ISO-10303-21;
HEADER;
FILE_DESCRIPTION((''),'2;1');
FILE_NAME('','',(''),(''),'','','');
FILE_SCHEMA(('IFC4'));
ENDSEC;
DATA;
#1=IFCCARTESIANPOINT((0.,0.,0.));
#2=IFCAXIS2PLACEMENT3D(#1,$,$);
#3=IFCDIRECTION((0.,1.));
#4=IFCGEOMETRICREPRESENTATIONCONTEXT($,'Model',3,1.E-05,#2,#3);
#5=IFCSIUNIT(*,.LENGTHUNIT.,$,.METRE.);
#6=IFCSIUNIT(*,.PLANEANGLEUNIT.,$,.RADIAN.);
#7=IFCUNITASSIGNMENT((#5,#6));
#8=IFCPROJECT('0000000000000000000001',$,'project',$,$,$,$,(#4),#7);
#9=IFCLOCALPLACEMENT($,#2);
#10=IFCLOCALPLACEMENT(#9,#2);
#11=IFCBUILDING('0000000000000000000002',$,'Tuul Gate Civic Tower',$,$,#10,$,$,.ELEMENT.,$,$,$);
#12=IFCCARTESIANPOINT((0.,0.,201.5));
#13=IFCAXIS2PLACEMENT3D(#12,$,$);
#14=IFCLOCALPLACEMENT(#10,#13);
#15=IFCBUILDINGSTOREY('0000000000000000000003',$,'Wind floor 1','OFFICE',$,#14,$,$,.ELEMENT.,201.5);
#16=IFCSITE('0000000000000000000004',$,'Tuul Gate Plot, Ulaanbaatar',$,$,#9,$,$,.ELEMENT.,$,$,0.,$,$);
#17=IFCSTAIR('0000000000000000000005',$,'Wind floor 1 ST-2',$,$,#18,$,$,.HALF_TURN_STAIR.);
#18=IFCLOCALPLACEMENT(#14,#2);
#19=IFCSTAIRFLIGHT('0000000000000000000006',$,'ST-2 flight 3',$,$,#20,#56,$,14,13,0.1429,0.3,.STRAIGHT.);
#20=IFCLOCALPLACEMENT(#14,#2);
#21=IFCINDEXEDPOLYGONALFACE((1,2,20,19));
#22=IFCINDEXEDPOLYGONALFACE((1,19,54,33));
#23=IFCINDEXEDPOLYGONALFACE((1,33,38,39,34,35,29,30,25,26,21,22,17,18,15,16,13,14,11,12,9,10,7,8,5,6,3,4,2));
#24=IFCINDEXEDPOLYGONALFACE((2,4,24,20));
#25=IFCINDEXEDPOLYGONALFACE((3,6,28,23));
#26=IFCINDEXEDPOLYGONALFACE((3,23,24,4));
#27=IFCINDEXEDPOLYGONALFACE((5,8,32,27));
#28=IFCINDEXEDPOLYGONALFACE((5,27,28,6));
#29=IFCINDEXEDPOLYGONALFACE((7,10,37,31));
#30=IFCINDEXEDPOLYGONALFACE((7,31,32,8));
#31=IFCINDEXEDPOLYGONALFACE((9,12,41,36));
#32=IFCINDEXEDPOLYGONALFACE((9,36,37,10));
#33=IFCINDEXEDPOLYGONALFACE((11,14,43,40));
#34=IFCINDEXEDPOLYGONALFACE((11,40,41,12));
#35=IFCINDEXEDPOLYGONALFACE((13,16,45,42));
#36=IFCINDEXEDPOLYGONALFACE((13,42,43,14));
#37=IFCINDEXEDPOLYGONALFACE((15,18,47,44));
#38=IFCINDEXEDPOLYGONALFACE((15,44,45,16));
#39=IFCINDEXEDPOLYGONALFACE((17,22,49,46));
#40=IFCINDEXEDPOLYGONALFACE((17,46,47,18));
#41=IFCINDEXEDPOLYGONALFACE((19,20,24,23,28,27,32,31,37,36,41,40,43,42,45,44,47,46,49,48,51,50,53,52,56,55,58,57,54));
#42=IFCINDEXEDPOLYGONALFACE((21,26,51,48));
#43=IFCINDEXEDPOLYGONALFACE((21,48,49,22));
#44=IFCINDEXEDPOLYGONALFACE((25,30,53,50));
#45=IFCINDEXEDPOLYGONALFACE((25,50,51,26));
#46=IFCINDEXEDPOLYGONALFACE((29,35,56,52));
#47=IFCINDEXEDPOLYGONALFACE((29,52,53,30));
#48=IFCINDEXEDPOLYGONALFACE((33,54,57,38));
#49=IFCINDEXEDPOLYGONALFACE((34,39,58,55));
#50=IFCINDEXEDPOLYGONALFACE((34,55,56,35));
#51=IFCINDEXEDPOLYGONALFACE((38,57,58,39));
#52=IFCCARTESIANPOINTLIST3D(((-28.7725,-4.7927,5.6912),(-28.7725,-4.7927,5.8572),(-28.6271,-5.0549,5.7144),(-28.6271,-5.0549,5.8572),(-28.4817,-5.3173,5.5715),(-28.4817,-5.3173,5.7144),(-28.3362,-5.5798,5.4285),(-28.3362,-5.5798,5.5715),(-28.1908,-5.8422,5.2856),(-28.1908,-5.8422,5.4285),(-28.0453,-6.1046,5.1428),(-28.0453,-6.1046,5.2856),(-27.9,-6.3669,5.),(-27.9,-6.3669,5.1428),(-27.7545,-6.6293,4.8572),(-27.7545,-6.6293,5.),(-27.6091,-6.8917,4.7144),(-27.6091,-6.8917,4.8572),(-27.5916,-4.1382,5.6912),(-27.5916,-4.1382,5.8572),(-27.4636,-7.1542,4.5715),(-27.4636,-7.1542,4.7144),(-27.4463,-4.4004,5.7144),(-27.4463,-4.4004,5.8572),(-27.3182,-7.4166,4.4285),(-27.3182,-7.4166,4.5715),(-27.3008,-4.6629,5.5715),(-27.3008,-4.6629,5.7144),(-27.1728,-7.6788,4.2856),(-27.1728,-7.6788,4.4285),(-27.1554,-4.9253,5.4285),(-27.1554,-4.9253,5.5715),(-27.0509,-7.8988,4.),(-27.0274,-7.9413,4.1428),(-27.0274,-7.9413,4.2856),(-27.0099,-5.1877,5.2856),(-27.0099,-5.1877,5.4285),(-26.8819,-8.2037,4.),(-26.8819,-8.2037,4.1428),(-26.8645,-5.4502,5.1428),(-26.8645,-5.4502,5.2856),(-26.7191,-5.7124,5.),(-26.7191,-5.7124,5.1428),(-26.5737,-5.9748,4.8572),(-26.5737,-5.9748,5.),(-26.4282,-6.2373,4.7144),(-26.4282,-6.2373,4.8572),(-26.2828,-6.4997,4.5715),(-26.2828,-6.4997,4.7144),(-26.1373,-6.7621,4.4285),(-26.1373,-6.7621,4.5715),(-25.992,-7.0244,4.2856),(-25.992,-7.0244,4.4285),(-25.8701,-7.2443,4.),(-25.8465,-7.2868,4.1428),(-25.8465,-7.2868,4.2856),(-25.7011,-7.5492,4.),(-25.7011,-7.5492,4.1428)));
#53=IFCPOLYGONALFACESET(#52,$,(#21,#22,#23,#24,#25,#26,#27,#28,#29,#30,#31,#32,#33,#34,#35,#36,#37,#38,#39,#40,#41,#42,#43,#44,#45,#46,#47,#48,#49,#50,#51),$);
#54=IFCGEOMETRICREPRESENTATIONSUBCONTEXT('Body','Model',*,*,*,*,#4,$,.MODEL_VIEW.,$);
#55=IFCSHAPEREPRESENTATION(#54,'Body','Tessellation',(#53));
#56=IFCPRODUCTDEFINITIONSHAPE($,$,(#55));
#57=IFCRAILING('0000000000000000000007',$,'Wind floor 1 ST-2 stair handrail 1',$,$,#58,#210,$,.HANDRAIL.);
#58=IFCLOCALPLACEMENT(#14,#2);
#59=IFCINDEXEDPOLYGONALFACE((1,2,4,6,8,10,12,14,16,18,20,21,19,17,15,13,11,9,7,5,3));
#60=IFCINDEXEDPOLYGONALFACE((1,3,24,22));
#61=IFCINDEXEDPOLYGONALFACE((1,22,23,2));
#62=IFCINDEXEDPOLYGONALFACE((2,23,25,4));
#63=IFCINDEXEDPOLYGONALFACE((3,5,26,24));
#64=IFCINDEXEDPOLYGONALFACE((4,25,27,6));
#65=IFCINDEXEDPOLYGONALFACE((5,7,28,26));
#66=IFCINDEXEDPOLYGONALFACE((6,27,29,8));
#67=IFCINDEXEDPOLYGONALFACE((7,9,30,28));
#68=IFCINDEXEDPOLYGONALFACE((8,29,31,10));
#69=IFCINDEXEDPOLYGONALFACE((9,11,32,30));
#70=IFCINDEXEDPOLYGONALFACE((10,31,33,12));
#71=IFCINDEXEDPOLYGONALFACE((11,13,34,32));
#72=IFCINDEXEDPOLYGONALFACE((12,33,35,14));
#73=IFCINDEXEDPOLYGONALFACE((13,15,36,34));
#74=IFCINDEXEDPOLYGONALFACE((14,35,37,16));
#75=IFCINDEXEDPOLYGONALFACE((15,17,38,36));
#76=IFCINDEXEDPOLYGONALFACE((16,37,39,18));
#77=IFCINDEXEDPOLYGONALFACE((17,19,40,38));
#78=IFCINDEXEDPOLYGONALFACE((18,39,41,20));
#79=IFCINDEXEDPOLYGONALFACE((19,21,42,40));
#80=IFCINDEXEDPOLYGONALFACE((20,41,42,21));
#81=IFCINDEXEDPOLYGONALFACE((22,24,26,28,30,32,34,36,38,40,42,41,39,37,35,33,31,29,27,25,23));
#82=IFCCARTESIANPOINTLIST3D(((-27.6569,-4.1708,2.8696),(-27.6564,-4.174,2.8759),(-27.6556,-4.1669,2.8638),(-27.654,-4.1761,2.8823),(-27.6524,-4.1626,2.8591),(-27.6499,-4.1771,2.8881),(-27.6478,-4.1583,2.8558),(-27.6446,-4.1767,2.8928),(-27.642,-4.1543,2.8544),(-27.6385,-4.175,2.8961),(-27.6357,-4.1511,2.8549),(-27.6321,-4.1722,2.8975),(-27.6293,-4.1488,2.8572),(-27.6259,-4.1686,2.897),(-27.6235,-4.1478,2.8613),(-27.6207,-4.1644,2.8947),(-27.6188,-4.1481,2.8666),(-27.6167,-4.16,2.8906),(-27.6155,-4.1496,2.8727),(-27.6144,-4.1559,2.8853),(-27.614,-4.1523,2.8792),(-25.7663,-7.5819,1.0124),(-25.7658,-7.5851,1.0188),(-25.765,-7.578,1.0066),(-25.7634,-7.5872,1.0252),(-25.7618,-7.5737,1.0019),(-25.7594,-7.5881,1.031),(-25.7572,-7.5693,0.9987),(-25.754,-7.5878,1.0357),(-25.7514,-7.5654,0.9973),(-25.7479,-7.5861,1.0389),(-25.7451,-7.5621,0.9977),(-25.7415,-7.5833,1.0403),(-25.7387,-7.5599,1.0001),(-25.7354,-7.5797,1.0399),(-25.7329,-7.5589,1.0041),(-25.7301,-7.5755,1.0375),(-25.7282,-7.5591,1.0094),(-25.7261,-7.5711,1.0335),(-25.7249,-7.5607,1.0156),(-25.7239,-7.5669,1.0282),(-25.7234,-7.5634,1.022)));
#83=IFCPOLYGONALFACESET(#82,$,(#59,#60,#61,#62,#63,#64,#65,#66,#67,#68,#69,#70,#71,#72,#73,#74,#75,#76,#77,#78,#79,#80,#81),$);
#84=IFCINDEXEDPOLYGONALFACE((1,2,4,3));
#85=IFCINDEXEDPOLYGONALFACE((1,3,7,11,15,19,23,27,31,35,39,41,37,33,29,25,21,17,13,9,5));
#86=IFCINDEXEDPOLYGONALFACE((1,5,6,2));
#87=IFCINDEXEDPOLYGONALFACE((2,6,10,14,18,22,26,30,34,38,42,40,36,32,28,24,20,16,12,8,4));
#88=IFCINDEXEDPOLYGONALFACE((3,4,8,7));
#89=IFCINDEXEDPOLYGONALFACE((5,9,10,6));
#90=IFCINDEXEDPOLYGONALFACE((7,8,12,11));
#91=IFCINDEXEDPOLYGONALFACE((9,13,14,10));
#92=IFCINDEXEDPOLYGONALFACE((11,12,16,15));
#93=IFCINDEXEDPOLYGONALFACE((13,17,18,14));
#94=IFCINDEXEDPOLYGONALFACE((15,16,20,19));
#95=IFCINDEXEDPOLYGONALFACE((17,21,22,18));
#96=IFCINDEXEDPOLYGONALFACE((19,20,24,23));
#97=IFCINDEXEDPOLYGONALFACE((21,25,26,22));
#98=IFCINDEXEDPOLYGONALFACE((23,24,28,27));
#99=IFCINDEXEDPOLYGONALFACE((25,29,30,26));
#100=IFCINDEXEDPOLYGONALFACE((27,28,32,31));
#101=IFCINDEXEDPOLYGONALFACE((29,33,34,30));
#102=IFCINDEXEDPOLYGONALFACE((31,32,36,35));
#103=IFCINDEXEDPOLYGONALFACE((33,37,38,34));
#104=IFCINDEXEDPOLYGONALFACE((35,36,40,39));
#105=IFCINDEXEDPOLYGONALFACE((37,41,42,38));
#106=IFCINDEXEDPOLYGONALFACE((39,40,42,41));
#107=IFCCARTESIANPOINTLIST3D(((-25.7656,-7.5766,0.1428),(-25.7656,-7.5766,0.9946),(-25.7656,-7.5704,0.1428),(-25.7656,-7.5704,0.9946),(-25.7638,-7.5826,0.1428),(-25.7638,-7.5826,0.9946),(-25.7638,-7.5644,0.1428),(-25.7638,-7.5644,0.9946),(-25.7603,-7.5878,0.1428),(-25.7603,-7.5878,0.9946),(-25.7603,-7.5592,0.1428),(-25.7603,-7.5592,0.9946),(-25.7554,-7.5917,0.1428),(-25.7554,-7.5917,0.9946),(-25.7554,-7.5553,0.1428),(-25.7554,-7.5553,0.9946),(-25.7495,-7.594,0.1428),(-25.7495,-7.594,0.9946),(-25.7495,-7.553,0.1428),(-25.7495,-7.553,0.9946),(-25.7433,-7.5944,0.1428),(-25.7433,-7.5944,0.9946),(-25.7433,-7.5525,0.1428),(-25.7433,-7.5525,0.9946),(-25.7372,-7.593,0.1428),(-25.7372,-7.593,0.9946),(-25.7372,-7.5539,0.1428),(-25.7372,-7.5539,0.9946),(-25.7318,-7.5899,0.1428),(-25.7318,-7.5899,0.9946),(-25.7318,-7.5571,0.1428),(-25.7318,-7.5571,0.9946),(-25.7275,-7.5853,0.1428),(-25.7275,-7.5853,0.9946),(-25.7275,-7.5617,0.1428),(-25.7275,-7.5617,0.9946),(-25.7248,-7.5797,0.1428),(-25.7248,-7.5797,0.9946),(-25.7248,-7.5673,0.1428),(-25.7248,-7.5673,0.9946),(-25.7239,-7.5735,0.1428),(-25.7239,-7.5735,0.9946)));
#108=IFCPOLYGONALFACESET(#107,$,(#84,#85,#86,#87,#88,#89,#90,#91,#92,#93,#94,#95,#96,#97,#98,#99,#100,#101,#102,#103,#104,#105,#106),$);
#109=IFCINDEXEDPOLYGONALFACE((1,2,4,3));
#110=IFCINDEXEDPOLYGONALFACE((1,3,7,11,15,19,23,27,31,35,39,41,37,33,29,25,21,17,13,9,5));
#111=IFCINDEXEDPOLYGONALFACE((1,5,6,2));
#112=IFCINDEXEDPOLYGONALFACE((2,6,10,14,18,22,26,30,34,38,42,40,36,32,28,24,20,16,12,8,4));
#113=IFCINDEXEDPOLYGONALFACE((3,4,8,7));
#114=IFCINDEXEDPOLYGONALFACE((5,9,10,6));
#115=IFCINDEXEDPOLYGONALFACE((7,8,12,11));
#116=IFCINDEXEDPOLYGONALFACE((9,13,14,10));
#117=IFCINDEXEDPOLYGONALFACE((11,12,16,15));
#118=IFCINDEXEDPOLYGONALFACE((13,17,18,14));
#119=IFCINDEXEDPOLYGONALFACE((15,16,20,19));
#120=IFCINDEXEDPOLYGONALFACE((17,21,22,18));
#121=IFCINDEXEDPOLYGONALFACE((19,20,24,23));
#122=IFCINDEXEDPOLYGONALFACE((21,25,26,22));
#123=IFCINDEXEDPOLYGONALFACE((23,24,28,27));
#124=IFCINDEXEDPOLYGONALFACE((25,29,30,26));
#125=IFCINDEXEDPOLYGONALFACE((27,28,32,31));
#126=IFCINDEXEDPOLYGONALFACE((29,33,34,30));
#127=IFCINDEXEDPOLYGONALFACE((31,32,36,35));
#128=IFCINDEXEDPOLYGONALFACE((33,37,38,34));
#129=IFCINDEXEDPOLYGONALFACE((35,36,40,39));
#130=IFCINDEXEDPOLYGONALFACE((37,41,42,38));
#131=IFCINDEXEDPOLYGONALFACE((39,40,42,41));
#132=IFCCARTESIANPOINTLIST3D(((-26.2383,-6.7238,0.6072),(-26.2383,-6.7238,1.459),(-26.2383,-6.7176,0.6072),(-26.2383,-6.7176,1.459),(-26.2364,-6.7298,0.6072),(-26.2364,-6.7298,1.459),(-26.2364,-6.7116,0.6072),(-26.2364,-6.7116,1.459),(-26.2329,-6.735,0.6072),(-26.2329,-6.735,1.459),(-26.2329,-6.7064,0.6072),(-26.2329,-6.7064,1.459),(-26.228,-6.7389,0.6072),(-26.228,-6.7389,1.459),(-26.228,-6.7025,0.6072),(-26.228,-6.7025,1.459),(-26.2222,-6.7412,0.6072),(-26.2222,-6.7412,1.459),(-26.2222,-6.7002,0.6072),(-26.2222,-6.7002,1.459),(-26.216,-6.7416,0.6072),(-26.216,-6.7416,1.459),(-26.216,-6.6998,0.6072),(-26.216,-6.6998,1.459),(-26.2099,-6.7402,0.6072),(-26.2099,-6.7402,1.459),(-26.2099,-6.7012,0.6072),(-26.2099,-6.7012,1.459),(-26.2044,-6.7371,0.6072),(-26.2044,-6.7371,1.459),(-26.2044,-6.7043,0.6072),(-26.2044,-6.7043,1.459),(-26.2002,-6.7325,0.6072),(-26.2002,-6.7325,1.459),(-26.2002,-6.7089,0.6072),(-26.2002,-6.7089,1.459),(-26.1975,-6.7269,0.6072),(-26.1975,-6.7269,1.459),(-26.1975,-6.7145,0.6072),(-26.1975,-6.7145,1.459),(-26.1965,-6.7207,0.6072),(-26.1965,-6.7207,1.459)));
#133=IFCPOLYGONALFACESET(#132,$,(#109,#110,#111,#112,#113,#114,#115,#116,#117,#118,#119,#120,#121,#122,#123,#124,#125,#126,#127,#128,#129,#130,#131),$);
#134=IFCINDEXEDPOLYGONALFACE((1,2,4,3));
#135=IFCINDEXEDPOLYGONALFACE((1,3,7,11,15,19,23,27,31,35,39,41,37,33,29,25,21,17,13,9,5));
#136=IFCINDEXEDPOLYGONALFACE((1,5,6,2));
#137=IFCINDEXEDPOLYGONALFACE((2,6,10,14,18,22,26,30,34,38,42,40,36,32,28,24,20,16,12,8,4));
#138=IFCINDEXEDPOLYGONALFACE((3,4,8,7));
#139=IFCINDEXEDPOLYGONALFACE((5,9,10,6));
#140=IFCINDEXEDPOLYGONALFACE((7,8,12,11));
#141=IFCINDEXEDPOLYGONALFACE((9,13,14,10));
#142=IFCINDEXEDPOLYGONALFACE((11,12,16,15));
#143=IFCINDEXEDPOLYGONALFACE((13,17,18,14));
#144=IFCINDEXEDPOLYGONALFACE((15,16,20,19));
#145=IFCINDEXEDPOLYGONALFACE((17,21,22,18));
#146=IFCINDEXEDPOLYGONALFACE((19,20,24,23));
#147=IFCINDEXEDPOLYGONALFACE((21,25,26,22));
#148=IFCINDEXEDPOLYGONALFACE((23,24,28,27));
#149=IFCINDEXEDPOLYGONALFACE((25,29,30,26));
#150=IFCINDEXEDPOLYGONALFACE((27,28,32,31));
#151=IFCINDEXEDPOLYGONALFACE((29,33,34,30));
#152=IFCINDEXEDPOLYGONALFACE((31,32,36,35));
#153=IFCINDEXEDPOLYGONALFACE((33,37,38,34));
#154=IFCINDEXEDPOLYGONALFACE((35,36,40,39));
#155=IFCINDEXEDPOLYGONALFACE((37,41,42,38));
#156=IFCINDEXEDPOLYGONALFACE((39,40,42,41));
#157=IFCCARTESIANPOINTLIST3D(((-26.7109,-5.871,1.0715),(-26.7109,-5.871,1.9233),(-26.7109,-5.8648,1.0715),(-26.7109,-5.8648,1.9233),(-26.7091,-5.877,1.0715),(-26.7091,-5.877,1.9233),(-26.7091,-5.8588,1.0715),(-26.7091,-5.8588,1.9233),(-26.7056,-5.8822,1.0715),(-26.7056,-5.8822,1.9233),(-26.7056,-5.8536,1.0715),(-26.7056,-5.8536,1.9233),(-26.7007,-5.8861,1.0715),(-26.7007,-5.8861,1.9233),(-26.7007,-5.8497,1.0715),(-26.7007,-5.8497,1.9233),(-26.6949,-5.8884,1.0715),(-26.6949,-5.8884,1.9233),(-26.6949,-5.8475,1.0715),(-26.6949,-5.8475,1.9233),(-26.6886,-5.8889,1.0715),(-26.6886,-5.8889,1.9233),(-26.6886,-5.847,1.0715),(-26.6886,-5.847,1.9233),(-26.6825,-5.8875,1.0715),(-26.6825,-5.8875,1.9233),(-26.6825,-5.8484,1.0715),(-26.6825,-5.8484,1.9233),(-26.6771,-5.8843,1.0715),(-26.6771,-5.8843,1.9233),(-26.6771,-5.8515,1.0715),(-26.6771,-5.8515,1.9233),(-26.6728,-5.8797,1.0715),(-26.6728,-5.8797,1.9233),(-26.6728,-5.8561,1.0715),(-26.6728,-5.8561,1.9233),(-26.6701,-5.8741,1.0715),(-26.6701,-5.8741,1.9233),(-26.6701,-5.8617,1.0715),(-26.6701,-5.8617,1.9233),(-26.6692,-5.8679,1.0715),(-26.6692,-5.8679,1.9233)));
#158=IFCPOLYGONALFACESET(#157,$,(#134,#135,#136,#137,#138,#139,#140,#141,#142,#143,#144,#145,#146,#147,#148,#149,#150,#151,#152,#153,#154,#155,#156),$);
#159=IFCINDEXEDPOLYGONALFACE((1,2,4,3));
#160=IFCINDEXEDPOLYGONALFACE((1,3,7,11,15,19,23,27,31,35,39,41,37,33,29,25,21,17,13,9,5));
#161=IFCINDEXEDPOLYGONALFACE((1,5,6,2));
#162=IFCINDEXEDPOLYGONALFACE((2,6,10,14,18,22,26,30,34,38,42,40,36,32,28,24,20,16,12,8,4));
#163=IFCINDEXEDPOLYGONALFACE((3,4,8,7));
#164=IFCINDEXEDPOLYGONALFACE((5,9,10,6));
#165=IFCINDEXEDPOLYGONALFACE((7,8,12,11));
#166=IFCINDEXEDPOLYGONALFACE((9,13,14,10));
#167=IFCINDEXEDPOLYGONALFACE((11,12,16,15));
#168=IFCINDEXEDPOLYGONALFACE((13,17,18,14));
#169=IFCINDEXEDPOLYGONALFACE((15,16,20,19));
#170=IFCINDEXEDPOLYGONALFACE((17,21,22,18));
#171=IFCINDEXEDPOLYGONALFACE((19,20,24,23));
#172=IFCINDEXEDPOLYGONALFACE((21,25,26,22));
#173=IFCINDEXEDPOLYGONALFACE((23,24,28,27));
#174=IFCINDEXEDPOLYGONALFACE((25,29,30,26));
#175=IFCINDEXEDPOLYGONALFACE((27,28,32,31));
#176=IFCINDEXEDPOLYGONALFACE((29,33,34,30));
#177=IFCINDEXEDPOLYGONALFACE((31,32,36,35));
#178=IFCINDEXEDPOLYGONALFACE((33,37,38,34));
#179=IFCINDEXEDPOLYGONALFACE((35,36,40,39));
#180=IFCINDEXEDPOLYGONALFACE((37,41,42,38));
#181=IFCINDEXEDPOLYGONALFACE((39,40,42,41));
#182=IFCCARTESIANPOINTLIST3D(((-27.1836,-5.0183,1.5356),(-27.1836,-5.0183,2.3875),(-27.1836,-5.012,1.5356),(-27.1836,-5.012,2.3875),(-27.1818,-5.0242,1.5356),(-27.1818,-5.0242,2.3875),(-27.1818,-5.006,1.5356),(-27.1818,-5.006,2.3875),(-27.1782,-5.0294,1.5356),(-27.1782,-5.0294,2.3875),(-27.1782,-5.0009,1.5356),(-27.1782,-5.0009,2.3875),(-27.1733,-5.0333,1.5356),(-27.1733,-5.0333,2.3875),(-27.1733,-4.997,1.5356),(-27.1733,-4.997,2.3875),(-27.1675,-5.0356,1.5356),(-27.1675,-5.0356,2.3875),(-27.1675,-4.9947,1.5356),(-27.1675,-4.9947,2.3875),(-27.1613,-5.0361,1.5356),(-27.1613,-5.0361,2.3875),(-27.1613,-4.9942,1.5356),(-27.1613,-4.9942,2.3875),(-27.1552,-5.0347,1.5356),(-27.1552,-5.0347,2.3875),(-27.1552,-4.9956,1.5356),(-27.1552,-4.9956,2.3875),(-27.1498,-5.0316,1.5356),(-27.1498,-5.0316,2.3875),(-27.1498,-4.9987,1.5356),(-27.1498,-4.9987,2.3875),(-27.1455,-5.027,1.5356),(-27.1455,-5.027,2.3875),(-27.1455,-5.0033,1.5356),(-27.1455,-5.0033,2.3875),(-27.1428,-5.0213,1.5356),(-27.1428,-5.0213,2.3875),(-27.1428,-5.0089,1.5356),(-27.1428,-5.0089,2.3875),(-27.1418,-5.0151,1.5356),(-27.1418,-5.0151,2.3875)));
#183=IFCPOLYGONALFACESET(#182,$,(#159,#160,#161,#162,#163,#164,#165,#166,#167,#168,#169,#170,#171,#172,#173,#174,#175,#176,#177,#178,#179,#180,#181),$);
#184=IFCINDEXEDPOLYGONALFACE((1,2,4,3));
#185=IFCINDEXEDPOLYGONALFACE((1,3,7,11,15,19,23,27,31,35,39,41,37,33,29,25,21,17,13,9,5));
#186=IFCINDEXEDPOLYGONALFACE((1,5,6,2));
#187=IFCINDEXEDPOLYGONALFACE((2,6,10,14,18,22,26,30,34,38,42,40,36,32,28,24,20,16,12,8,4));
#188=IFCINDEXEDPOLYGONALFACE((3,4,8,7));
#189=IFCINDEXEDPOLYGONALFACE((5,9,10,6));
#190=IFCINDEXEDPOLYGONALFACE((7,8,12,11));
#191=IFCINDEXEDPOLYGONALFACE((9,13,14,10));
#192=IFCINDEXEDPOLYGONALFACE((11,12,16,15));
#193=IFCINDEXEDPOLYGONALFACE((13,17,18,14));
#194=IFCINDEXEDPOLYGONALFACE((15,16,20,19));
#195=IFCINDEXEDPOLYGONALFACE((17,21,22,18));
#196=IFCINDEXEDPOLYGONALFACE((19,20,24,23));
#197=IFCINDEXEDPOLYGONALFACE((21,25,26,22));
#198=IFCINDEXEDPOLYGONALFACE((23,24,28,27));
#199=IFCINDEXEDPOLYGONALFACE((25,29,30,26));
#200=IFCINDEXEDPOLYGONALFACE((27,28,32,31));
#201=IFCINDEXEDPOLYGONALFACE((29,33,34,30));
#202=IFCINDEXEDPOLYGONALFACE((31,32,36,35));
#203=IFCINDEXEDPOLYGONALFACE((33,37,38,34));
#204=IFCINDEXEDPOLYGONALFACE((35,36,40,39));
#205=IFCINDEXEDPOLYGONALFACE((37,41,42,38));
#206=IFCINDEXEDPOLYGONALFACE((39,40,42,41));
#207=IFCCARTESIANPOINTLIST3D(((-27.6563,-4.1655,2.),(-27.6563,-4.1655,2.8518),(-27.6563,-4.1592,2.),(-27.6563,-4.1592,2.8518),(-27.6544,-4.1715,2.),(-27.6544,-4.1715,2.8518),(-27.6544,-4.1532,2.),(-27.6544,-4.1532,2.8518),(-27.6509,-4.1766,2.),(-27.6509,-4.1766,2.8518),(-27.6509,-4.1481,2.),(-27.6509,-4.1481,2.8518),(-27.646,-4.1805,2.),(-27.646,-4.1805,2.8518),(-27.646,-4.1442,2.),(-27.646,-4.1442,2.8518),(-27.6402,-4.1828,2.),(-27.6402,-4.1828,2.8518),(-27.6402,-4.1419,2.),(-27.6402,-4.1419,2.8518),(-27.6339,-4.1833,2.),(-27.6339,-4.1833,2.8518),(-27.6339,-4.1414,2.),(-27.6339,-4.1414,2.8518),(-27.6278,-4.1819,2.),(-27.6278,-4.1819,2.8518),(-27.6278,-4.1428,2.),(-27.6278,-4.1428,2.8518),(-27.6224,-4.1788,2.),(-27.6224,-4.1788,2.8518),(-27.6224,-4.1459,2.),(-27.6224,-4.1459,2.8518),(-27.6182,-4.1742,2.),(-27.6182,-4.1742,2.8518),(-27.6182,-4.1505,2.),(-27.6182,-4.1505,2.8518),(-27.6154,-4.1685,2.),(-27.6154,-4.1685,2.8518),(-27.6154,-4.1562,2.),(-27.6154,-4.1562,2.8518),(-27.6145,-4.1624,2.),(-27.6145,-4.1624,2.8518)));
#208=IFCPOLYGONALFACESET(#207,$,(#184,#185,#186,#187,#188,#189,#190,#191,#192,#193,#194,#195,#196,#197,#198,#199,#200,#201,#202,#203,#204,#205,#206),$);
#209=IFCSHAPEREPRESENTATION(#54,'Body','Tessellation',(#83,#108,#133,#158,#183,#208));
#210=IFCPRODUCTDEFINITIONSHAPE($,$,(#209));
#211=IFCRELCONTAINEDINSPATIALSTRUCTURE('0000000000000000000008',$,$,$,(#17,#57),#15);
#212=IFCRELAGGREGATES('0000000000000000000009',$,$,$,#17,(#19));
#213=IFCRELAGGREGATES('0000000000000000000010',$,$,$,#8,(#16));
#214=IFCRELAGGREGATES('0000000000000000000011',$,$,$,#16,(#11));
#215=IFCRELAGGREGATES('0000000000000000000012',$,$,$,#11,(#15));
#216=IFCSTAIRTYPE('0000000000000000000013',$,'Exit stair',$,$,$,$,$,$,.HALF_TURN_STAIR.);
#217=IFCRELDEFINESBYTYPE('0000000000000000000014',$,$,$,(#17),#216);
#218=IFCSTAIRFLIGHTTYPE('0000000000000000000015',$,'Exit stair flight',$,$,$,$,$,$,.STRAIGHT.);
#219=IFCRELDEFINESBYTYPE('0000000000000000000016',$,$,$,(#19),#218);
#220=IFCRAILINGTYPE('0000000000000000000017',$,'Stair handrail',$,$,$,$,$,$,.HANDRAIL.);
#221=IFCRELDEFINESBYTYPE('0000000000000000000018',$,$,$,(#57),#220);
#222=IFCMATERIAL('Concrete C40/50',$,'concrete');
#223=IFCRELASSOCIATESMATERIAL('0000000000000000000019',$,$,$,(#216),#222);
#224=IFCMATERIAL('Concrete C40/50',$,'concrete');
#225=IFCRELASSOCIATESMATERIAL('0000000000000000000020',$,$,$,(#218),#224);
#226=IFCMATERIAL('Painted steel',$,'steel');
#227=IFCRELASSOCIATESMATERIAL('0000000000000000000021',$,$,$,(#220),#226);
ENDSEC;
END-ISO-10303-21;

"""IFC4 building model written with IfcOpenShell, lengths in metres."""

from ifc_helpers import new_model, si_unit, direction, frame, origin, origin_2d, place, context, subcontext, project, spatial, polyline, circle, outline, extrude, material, type_object, element, aggregate, save


model = new_model("IFC4")

# Units and contexts
model_context = context("Model", 3, precision=1e-05, world=origin(), true_north=direction((0.0, 1.0)))
body_context = subcontext(model_context, "Body", "Model", "MODEL_VIEW")
ifc_project = project(units=[si_unit("LENGTHUNIT", "METRE"), si_unit("PLANEANGLEUNIT", "RADIAN")], contexts=[model_context])

# Site, building, storey
site_placement = place(None, origin())
site = spatial("IfcSite", under=ifc_project, at=site_placement, Name="Tuul Gate Plot, Ulaanbaatar", CompositionType="ELEMENT", RefElevation=0.0)
building_placement = place(site_placement, origin())
building = spatial("IfcBuilding", under=site, at=building_placement, Name="Tuul Gate Civic Tower", CompositionType="ELEMENT")
storey_placement = place(building_placement, frame((0.0, 0.0, 201.5)))
storey = spatial("IfcBuildingStorey", under=building, at=storey_placement, Name="Wind floor 1", Description="OFFICE", CompositionType="ELEMENT", Elevation=201.5)

# Stair, stair flight
ifc_material_1 = material(Name="Concrete C40/50", Category="concrete")
stair_type = type_object("IfcStairType", Name="Exit stair", PredefinedType="HALF_TURN_STAIR", material=ifc_material_1)
stair_placement = place(storey_placement, origin())
stair = element("IfcStair", 1, at=stair_placement, inside=storey, type_object=stair_type, Name="Wind floor 1 ST-2", PredefinedType="HALF_TURN_STAIR")
ifc_material_2 = material(Name="Concrete C40/50", Category="concrete")
stair_flight_type = type_object("IfcStairFlightType", Name="Exit stair flight", PredefinedType="STRAIGHT", material=ifc_material_2)
stair_flight_placement = place(storey_placement, frame((-26.2915, -7.8765, 4.0), z_axis=(0.0, 0.0, 1.0), x_axis=(-0.484762, 0.874646, 0.0)))
stair_flight = element("IfcStairFlight", 2, at=stair_flight_placement, type_object=stair_flight_type, Name="ST-2 flight 3", NumberOfRisers=14, NumberOfTreads=13, PredefinedType="STRAIGHT", RiserHeight=0.1429, TreadLength=0.3, context=body_context, shape_type="SweptSolid", body=[
    extrude(outline(polyline([(0.0, 0.0), (0.0, 0.1428), (0.3, 0.1428), (0.3, 0.2856), (0.6001, 0.2856), (0.6001, 0.4285), (0.8999, 0.4285), (0.8999, 0.5715), (1.2, 0.5715), (1.2, 0.7144), (1.5, 0.7144), (1.5, 0.8572), (1.8, 0.8572), (1.8, 1.0), (2.1001, 1.0), (2.1001, 1.1428), (2.3999, 1.1428), (2.3999, 1.2856), (2.7, 1.2856), (2.7, 1.4285), (3.0, 1.4285), (3.0, 1.5715), (3.3, 1.5715), (3.3, 1.7144), (3.6001, 1.7144), (3.6001, 1.8572), (3.8999, 1.8572), (3.8999, 2.0), (3.8999, 1.6912), (0.3486, 0.0), (0.0, 0.0)])), frame((0.0, 0.675, 0.0), z_axis=(0.0, -1.0, 0.0), x_axis=(1.0, 0.0, 0.0)), (0.0, 0.0, 1.0), 1.3501),
])
aggregate(stair, [stair_flight])

# Railing
ifc_material_3 = material(Name="Painted steel", Category="steel")
railing_type = type_object("IfcRailingType", Name="Stair handrail", PredefinedType="HANDRAIL", material=ifc_material_3)
for number, where, name in (
    (3, (-25.7449, -7.5735, 0.1428), "Wind floor 1 ST-2 stair handrail 1"),
):
    element("IfcRailing", number, at=place(storey_placement, frame(where)), inside=storey, type_object=railing_type, Name=name, PredefinedType="HANDRAIL", context=body_context, shape_type="SweptSolid", body=[
        extrude(circle(Radius=0.0239, at=origin_2d()), frame((0.0, 0.0, 0.876), z_axis=(-0.43768, 0.789678, 0.429937), x_axis=(-0.874641, -0.484771, 0.0)), (0.0, 0.0, 1.0), 4.3196),
        extrude(circle(Radius=0.021, at=origin_2d()), origin(), (0.0, 0.0, 1.0), 0.8518),
        extrude(circle(Radius=0.021, at=origin_2d()), frame((-0.4727, 0.8528, 0.4644)), (0.0, 0.0, 1.0), 0.8518),
        extrude(circle(Radius=0.021, at=origin_2d()), frame((-0.9453, 1.7056, 0.9287)), (0.0, 0.0, 1.0), 0.8518),
        extrude(circle(Radius=0.021, at=origin_2d()), frame((-1.418, 2.5583, 1.3928)), (0.0, 0.0, 1.0), 0.8518),
        extrude(circle(Radius=0.021, at=origin_2d()), frame((-1.8906, 3.4111, 1.8572)), (0.0, 0.0, 1.0), 0.8518),
    ])

save(model, "model.ifc")
